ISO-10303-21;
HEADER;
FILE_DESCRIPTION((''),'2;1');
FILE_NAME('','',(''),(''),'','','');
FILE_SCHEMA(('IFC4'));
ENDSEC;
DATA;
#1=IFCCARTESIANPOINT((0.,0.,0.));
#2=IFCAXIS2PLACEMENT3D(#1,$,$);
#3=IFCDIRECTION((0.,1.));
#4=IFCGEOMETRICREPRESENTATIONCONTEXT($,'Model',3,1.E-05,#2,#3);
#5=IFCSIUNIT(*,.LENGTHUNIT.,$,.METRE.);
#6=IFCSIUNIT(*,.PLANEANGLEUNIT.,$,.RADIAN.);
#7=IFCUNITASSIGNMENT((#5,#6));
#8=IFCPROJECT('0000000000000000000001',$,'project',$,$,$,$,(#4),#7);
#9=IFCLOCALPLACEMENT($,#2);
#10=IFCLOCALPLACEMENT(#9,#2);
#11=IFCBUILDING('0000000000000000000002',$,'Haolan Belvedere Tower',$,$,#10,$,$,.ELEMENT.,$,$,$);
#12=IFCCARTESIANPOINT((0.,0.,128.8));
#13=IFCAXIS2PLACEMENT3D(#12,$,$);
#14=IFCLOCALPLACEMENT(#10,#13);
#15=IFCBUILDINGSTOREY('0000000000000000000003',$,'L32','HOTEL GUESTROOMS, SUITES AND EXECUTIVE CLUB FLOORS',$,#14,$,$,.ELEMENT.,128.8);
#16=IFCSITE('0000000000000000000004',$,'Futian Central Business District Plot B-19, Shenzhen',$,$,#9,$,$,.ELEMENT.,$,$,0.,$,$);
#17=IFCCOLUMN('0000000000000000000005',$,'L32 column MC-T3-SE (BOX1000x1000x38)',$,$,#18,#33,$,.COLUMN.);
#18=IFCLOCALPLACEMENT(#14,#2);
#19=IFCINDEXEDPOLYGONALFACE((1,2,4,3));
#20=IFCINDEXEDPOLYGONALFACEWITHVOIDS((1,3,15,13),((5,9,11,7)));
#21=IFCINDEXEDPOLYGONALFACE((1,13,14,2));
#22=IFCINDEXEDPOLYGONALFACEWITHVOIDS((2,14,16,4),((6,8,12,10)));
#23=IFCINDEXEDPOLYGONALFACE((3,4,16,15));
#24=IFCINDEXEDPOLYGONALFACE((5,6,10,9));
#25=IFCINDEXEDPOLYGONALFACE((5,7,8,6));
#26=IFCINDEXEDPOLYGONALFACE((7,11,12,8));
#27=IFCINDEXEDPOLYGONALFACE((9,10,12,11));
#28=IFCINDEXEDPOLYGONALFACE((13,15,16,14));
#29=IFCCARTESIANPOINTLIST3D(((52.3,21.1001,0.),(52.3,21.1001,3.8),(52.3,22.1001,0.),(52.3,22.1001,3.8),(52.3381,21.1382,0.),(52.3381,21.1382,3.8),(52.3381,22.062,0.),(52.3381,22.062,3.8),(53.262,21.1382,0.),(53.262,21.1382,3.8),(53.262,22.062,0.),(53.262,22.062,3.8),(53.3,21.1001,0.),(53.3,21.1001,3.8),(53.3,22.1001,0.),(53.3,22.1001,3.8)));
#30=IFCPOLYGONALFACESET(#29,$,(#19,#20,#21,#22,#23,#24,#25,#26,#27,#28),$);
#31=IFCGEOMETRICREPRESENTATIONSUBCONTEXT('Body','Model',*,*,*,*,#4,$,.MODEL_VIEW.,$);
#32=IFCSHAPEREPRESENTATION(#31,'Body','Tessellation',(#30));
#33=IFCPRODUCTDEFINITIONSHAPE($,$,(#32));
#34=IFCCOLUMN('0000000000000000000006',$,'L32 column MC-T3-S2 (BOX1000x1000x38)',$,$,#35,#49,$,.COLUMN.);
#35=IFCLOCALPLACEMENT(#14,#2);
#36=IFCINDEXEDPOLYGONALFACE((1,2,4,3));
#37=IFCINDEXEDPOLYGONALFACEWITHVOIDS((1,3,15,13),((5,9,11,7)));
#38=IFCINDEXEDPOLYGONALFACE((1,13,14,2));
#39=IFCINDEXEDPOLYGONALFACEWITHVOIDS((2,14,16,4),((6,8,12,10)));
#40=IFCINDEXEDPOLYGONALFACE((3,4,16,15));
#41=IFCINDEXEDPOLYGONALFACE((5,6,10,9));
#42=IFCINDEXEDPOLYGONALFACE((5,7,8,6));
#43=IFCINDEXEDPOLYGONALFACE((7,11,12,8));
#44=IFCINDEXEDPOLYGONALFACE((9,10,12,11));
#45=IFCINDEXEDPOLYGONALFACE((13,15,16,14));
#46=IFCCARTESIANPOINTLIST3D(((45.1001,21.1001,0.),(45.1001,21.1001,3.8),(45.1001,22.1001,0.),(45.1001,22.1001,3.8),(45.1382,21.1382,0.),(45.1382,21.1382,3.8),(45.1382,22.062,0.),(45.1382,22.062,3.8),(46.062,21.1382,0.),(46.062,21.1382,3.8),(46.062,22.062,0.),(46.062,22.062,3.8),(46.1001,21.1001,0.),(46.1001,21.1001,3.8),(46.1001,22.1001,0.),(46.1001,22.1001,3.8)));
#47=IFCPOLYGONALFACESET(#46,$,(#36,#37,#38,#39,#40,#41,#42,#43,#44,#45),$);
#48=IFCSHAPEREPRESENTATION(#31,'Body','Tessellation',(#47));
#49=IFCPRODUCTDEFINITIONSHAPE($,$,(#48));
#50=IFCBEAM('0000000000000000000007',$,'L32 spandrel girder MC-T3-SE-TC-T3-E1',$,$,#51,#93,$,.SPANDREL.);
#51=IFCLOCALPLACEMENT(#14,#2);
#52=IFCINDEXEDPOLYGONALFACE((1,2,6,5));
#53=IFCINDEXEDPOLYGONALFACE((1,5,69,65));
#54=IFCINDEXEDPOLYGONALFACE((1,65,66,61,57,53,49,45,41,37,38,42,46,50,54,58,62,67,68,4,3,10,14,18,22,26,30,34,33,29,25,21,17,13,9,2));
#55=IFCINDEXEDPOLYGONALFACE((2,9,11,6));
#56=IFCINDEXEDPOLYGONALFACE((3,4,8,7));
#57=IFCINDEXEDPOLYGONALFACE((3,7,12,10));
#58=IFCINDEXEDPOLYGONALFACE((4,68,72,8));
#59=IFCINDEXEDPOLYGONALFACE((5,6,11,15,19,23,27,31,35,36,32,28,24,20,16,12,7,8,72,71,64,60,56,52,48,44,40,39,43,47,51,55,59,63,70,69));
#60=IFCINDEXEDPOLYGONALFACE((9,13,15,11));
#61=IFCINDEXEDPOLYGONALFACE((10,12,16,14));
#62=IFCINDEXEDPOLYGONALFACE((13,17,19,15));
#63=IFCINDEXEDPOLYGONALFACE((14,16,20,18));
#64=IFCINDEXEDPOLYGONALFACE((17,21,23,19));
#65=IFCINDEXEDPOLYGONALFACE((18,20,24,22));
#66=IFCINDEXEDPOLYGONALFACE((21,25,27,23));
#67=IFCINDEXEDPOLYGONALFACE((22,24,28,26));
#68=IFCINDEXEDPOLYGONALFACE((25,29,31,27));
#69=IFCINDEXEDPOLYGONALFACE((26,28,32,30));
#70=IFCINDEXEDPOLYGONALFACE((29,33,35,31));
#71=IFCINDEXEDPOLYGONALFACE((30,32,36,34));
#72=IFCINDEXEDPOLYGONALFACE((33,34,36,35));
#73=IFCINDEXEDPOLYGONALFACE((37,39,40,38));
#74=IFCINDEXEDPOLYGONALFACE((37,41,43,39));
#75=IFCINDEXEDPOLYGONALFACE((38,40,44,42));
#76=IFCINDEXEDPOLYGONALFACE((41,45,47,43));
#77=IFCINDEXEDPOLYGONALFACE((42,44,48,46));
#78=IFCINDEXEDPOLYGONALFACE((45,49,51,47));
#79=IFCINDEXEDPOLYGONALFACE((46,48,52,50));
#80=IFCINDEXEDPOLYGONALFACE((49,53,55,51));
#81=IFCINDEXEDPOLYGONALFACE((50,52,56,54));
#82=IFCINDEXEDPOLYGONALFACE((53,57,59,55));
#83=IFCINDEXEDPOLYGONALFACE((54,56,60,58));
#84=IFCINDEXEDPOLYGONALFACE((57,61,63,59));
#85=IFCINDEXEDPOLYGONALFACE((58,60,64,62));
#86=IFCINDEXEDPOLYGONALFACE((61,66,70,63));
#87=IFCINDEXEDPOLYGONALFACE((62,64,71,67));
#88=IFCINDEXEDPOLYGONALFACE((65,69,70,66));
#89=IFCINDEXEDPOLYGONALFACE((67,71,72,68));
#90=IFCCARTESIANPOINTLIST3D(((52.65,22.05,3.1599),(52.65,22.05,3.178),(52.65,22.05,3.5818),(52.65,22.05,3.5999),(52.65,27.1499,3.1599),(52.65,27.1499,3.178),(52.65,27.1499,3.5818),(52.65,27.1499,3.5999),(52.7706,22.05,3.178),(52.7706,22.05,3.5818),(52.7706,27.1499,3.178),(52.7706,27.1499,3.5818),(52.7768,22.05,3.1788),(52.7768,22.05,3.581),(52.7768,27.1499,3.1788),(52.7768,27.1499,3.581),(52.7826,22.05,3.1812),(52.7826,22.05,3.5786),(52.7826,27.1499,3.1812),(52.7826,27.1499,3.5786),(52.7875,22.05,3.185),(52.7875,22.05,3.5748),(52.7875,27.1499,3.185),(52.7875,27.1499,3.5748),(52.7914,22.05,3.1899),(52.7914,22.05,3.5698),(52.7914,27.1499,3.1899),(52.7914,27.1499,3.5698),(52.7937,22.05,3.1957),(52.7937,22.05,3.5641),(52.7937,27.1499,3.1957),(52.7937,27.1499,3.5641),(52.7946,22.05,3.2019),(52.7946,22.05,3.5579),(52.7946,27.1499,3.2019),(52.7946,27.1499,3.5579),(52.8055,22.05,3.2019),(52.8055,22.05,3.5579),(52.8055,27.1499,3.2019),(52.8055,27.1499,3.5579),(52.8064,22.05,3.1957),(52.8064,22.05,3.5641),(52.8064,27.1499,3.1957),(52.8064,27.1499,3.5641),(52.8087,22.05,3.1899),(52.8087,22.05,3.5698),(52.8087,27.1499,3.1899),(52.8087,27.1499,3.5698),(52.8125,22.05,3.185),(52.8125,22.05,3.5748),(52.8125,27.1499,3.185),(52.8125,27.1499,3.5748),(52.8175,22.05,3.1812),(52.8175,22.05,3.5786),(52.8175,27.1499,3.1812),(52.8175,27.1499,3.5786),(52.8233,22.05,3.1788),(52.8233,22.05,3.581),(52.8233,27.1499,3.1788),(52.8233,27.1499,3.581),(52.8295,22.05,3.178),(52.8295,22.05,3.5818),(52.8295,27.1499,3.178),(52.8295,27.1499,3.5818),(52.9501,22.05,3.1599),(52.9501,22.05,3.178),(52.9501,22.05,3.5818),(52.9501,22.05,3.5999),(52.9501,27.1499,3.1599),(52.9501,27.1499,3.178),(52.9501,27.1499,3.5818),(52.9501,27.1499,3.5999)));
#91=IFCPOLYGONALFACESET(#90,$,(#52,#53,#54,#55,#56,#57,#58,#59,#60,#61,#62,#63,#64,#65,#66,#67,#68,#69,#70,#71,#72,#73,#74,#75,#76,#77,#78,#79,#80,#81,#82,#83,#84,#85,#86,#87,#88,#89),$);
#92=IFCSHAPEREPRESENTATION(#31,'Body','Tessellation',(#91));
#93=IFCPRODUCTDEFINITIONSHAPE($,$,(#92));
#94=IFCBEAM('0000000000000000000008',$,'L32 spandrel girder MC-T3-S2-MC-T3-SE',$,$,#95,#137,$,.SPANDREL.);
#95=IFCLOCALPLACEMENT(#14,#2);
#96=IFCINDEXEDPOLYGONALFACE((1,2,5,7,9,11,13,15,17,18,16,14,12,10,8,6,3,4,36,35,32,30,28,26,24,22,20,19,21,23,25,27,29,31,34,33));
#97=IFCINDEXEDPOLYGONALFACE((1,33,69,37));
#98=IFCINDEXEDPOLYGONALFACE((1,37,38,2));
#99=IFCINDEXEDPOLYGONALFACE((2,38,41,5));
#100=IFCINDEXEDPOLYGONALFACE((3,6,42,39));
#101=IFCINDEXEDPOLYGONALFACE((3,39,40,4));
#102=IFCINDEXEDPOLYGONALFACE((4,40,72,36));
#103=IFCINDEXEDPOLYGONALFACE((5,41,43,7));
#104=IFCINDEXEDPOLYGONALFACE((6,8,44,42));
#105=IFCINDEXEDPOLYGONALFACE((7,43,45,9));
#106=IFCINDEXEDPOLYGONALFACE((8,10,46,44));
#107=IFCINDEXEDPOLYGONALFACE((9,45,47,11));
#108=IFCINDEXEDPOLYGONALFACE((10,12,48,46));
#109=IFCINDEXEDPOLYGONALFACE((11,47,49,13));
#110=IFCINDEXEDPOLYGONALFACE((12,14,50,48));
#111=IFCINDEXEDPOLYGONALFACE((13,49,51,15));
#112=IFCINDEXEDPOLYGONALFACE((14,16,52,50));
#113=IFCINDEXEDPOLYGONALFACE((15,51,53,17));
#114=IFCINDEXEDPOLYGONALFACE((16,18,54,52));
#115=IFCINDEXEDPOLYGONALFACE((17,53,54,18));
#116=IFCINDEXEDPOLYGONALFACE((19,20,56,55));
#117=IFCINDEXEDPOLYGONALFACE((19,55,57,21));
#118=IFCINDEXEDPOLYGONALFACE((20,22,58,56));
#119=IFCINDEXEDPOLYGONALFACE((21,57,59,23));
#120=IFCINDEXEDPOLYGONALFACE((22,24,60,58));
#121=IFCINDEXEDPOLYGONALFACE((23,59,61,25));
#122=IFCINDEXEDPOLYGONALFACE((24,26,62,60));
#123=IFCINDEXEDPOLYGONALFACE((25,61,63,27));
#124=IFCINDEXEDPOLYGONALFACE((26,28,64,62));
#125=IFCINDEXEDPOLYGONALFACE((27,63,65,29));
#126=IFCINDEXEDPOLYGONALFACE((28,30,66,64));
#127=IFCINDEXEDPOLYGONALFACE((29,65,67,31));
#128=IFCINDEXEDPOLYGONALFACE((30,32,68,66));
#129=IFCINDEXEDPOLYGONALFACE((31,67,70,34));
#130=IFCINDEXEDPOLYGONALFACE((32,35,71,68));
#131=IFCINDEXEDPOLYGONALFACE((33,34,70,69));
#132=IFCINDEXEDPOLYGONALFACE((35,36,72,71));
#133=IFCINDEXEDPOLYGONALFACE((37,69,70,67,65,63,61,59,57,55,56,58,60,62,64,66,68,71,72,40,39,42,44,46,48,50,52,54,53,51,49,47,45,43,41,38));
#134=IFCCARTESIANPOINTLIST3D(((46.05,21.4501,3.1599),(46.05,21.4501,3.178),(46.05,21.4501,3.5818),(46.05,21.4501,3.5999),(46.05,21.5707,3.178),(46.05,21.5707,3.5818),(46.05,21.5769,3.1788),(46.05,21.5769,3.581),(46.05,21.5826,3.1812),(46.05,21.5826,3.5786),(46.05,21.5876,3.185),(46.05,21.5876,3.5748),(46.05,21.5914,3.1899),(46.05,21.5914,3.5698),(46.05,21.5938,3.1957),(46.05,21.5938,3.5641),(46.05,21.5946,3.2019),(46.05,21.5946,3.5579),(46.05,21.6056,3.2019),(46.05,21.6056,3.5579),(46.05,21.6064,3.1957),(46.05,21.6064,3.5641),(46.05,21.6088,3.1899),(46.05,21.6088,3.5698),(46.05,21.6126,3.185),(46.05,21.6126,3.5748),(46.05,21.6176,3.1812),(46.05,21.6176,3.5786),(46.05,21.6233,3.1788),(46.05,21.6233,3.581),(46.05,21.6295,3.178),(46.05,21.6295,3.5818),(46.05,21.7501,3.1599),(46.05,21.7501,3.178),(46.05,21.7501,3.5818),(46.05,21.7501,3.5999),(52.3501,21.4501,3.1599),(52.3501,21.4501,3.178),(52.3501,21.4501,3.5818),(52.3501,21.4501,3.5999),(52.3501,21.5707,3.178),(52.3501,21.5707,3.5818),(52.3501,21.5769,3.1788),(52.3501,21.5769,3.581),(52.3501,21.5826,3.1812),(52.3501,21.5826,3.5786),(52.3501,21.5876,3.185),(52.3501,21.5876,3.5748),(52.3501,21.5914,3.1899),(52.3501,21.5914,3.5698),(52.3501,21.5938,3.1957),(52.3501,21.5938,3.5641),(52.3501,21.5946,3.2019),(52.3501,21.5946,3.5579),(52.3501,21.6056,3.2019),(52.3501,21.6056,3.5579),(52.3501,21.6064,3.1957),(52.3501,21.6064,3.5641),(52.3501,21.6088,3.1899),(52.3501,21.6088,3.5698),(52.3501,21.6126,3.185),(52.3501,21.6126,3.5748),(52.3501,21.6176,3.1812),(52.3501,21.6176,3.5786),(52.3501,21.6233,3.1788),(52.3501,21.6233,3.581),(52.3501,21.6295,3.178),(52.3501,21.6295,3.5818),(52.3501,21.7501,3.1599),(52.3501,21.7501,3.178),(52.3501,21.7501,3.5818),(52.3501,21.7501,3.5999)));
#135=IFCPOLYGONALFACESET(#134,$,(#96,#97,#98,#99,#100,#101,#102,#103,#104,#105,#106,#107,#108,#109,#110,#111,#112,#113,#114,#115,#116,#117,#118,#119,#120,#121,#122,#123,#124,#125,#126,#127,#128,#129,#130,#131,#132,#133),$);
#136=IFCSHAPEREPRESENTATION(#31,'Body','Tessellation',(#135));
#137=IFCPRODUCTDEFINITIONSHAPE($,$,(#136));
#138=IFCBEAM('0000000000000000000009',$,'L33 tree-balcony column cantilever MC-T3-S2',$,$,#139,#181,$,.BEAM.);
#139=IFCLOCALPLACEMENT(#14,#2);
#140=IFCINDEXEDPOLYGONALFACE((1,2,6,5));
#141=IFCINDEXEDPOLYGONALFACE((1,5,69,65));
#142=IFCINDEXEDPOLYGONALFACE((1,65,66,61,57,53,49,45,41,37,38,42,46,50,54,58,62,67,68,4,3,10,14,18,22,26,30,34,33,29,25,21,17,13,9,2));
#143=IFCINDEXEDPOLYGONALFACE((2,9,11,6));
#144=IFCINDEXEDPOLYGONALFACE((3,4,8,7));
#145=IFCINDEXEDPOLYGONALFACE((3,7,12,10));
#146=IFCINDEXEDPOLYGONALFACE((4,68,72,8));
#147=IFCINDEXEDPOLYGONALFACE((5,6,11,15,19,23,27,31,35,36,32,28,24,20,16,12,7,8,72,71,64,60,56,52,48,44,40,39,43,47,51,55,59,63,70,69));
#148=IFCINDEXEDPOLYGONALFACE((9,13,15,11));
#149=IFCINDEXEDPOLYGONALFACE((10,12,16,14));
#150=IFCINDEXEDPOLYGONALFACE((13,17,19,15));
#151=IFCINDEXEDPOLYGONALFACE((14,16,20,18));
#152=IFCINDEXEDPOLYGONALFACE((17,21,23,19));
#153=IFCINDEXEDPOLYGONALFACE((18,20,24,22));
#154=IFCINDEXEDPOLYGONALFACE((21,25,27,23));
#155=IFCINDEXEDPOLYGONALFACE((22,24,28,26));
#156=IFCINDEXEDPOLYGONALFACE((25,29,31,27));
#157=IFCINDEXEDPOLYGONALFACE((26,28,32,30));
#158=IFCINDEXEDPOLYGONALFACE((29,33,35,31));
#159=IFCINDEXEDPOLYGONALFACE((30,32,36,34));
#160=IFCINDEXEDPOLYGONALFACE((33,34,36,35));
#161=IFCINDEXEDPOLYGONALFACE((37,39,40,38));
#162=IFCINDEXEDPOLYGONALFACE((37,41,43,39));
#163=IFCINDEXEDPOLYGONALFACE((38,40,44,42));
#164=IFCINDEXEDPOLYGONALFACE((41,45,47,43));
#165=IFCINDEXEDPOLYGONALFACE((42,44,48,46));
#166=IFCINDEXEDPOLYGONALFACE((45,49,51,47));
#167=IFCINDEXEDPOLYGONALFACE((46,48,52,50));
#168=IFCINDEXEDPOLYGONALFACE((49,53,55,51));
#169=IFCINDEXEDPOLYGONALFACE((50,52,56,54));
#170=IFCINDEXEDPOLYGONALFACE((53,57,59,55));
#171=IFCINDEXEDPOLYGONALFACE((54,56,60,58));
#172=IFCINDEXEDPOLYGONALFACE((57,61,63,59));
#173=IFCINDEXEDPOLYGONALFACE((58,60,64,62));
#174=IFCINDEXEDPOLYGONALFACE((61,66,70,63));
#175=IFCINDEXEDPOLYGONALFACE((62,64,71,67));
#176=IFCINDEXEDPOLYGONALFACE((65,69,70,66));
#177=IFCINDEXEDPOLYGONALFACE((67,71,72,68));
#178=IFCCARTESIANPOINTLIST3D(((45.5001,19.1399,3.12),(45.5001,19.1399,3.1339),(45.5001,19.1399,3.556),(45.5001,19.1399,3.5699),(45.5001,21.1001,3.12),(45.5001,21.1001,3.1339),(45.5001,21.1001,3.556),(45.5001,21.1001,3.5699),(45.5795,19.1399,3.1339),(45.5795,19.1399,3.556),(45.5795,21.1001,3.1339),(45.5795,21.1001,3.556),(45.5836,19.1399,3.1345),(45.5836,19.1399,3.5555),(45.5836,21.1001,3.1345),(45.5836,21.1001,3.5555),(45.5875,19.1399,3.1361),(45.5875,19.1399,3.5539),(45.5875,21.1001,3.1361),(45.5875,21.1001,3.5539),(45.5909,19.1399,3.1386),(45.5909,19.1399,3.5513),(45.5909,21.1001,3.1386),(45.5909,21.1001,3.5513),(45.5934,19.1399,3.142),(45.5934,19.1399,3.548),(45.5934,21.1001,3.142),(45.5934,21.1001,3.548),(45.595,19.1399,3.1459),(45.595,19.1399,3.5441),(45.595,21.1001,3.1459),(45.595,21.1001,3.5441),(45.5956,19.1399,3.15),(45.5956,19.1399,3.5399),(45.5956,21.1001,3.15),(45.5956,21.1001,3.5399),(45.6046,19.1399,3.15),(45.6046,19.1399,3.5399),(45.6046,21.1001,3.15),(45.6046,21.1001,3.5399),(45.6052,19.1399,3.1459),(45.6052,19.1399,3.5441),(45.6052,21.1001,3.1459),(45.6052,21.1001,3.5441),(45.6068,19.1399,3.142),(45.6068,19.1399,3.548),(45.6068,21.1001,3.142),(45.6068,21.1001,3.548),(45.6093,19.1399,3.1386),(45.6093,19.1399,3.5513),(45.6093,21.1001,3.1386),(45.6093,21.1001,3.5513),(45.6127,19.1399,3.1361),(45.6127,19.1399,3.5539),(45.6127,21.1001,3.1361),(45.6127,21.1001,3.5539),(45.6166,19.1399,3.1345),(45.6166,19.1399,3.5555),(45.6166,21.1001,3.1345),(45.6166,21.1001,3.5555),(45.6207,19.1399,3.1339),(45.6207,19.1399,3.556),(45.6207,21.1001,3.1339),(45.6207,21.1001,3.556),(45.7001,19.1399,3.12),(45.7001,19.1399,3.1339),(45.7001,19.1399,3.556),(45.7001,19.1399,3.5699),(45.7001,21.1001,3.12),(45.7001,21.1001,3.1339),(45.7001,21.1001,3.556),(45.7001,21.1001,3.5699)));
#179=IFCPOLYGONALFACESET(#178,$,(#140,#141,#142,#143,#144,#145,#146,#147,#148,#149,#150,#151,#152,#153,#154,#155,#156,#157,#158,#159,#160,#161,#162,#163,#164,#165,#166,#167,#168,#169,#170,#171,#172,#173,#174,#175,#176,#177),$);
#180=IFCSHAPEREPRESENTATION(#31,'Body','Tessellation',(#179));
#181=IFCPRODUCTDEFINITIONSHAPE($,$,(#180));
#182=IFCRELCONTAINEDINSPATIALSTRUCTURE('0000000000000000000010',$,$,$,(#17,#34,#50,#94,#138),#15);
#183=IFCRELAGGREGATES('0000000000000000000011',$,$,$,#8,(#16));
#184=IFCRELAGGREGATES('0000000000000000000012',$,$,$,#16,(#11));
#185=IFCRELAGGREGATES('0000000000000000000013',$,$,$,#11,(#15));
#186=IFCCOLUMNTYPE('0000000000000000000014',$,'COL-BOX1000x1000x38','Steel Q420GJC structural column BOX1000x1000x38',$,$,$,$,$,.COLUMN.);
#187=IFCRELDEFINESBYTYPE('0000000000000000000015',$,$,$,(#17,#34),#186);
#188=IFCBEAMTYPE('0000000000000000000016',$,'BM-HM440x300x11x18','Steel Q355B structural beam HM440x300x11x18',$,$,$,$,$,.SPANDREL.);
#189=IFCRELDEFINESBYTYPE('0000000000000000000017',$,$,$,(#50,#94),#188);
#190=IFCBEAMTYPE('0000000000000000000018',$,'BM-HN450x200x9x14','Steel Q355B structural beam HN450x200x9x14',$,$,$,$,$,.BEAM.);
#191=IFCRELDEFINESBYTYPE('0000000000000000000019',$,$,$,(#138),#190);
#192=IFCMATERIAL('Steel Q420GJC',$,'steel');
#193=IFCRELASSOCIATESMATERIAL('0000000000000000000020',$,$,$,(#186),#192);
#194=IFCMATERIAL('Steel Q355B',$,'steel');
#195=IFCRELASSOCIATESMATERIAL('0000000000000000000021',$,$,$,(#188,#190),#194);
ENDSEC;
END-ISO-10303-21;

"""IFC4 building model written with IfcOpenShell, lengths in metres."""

from ifc_helpers import new_model, si_unit, direction, frame, origin, origin_2d, place, context, subcontext, project, spatial, hollow_rectangle, i_section, extrude, material, material_profile, profile_set, type_object, element, save


model = new_model("IFC4")

# Units and contexts
model_context = context("Model", 3, precision=1e-05, world=origin(), true_north=direction((0.0, 1.0)))
body_context = subcontext(model_context, "Body", "Model", "MODEL_VIEW")
ifc_project = project(units=[si_unit("LENGTHUNIT", "METRE"), si_unit("PLANEANGLEUNIT", "RADIAN")], contexts=[model_context])

# Site, building, storey
site_placement = place(None, origin())
site = spatial("IfcSite", under=ifc_project, at=site_placement, Name="Futian Central Business District Plot B-19, Shenzhen", CompositionType="ELEMENT", RefElevation=0.0)
building_placement = place(site_placement, origin())
building = spatial("IfcBuilding", under=site, at=building_placement, Name="Haolan Belvedere Tower", CompositionType="ELEMENT")
storey_placement = place(building_placement, frame((0.0, 0.0, 128.8)))
storey = spatial("IfcBuildingStorey", under=building, at=storey_placement, Name="L32", Description="HOTEL GUESTROOMS, SUITES AND EXECUTIVE CLUB FLOORS", CompositionType="ELEMENT", Elevation=128.8)

# Columns
ifc_material_1 = material(Name="Steel Q420GJC", Category="steel")
ifc_material_profile_1 = material_profile(ifc_material_1, hollow_rectangle(XDim=1.0, YDim=1.0, WallThickness=0.0381, at=origin_2d()), Name="Steel Q420GJC")
ifc_profile_set_1 = profile_set([ifc_material_profile_1], Name="Steel Q420GJC")
column_type = type_object("IfcColumnType", Name="COL-BOX1000x1000x38", Description="Steel Q420GJC structural column BOX1000x1000x38", PredefinedType="COLUMN", material=ifc_profile_set_1)
for number, where, z_axis, x_axis, name in (
    (1, (52.8, 21.6001, 0.0), (0.0, 0.0, 1.0), (1.0, 0.0, 0.0), "L32 column MC-T3-SE (BOX1000x1000x38)"),
    (2, (45.6001, 21.6001, 0.0), (0.0, 0.0, 1.0), (1.0, 0.0, 0.0), "L32 column MC-T3-S2 (BOX1000x1000x38)"),
):
    element("IfcColumn", number, at=place(storey_placement, frame(where, z_axis=z_axis, x_axis=x_axis)), inside=storey, type_object=column_type, Name=name, PredefinedType="COLUMN", context=body_context, shape_type="SweptSolid", body=[
        extrude(hollow_rectangle(XDim=1.0, YDim=1.0, WallThickness=0.0381, at=origin_2d()), origin(), (0.0, 0.0, 1.0), 3.8),
    ])

# Beams
ifc_material_2 = material(Name="Steel Q355B", Category="steel")
ifc_material_profile_2 = material_profile(ifc_material_2, i_section(OverallWidth=0.3, OverallDepth=0.4399, WebThickness=0.011, FlangeThickness=0.0181, FilletRadius=0.0239, at=origin_2d()), Name="Steel Q355B")
ifc_profile_set_2 = profile_set([ifc_material_profile_2], Name="Steel Q355B")
beam_type_1 = type_object("IfcBeamType", Name="BM-HM440x300x11x18", Description="Steel Q355B structural beam HM440x300x11x18", PredefinedType="SPANDREL", material=ifc_profile_set_2)
beam_1_placement = place(storey_placement, frame((52.8, 22.05, 3.3799), z_axis=(0.0, 1.0, 0.0), x_axis=(-1.0, 0.0, 0.0)))
element("IfcBeam", 3, at=beam_1_placement, inside=storey, type_object=beam_type_1, Name="L32 spandrel girder MC-T3-SE-TC-T3-E1", PredefinedType="SPANDREL", context=body_context, shape_type="SweptSolid", body=[
    extrude(i_section(OverallWidth=0.3, OverallDepth=0.4399, WebThickness=0.011, FlangeThickness=0.0181, FilletRadius=0.0239, at=origin_2d()), origin(), (0.0, 0.0, 1.0), 5.0999),
])
beam_2_placement = place(storey_placement, frame((46.05, 21.6001, 3.3799), z_axis=(1.0, 0.0, 0.0), x_axis=(0.0, 1.0, 0.0)))
element("IfcBeam", 4, at=beam_2_placement, inside=storey, type_object=beam_type_1, Name="L32 spandrel girder MC-T3-S2-MC-T3-SE", PredefinedType="SPANDREL", context=body_context, shape_type="SweptSolid", body=[
    extrude(i_section(OverallWidth=0.3, OverallDepth=0.4399, WebThickness=0.011, FlangeThickness=0.0181, FilletRadius=0.0239, at=origin_2d()), origin(), (0.0, 0.0, 1.0), 6.3),
])
ifc_material_profile_3 = material_profile(ifc_material_2, i_section(OverallWidth=0.2, OverallDepth=0.45, WebThickness=0.009, FlangeThickness=0.0139, FilletRadius=0.0161, at=origin_2d()), Name="Steel Q355B")
ifc_profile_set_3 = profile_set([ifc_material_profile_3], Name="Steel Q355B")
beam_type_2 = type_object("IfcBeamType", Name="BM-HN450x200x9x14", Description="Steel Q355B structural beam HN450x200x9x14", PredefinedType="BEAM", material=ifc_profile_set_3)
beam_3_placement = place(storey_placement, frame((45.6001, 21.1001, 3.345), z_axis=(0.0, -1.0, 0.0), x_axis=(1.0, 0.0, 0.0)))
element("IfcBeam", 5, at=beam_3_placement, inside=storey, type_object=beam_type_2, Name="L33 tree-balcony column cantilever MC-T3-S2", PredefinedType="BEAM", context=body_context, shape_type="SweptSolid", body=[
    extrude(i_section(OverallWidth=0.2, OverallDepth=0.45, WebThickness=0.009, FlangeThickness=0.0139, FilletRadius=0.0161, at=origin_2d()), origin(), (0.0, 0.0, 1.0), 1.9602),
])

save(model, "model.ifc")
